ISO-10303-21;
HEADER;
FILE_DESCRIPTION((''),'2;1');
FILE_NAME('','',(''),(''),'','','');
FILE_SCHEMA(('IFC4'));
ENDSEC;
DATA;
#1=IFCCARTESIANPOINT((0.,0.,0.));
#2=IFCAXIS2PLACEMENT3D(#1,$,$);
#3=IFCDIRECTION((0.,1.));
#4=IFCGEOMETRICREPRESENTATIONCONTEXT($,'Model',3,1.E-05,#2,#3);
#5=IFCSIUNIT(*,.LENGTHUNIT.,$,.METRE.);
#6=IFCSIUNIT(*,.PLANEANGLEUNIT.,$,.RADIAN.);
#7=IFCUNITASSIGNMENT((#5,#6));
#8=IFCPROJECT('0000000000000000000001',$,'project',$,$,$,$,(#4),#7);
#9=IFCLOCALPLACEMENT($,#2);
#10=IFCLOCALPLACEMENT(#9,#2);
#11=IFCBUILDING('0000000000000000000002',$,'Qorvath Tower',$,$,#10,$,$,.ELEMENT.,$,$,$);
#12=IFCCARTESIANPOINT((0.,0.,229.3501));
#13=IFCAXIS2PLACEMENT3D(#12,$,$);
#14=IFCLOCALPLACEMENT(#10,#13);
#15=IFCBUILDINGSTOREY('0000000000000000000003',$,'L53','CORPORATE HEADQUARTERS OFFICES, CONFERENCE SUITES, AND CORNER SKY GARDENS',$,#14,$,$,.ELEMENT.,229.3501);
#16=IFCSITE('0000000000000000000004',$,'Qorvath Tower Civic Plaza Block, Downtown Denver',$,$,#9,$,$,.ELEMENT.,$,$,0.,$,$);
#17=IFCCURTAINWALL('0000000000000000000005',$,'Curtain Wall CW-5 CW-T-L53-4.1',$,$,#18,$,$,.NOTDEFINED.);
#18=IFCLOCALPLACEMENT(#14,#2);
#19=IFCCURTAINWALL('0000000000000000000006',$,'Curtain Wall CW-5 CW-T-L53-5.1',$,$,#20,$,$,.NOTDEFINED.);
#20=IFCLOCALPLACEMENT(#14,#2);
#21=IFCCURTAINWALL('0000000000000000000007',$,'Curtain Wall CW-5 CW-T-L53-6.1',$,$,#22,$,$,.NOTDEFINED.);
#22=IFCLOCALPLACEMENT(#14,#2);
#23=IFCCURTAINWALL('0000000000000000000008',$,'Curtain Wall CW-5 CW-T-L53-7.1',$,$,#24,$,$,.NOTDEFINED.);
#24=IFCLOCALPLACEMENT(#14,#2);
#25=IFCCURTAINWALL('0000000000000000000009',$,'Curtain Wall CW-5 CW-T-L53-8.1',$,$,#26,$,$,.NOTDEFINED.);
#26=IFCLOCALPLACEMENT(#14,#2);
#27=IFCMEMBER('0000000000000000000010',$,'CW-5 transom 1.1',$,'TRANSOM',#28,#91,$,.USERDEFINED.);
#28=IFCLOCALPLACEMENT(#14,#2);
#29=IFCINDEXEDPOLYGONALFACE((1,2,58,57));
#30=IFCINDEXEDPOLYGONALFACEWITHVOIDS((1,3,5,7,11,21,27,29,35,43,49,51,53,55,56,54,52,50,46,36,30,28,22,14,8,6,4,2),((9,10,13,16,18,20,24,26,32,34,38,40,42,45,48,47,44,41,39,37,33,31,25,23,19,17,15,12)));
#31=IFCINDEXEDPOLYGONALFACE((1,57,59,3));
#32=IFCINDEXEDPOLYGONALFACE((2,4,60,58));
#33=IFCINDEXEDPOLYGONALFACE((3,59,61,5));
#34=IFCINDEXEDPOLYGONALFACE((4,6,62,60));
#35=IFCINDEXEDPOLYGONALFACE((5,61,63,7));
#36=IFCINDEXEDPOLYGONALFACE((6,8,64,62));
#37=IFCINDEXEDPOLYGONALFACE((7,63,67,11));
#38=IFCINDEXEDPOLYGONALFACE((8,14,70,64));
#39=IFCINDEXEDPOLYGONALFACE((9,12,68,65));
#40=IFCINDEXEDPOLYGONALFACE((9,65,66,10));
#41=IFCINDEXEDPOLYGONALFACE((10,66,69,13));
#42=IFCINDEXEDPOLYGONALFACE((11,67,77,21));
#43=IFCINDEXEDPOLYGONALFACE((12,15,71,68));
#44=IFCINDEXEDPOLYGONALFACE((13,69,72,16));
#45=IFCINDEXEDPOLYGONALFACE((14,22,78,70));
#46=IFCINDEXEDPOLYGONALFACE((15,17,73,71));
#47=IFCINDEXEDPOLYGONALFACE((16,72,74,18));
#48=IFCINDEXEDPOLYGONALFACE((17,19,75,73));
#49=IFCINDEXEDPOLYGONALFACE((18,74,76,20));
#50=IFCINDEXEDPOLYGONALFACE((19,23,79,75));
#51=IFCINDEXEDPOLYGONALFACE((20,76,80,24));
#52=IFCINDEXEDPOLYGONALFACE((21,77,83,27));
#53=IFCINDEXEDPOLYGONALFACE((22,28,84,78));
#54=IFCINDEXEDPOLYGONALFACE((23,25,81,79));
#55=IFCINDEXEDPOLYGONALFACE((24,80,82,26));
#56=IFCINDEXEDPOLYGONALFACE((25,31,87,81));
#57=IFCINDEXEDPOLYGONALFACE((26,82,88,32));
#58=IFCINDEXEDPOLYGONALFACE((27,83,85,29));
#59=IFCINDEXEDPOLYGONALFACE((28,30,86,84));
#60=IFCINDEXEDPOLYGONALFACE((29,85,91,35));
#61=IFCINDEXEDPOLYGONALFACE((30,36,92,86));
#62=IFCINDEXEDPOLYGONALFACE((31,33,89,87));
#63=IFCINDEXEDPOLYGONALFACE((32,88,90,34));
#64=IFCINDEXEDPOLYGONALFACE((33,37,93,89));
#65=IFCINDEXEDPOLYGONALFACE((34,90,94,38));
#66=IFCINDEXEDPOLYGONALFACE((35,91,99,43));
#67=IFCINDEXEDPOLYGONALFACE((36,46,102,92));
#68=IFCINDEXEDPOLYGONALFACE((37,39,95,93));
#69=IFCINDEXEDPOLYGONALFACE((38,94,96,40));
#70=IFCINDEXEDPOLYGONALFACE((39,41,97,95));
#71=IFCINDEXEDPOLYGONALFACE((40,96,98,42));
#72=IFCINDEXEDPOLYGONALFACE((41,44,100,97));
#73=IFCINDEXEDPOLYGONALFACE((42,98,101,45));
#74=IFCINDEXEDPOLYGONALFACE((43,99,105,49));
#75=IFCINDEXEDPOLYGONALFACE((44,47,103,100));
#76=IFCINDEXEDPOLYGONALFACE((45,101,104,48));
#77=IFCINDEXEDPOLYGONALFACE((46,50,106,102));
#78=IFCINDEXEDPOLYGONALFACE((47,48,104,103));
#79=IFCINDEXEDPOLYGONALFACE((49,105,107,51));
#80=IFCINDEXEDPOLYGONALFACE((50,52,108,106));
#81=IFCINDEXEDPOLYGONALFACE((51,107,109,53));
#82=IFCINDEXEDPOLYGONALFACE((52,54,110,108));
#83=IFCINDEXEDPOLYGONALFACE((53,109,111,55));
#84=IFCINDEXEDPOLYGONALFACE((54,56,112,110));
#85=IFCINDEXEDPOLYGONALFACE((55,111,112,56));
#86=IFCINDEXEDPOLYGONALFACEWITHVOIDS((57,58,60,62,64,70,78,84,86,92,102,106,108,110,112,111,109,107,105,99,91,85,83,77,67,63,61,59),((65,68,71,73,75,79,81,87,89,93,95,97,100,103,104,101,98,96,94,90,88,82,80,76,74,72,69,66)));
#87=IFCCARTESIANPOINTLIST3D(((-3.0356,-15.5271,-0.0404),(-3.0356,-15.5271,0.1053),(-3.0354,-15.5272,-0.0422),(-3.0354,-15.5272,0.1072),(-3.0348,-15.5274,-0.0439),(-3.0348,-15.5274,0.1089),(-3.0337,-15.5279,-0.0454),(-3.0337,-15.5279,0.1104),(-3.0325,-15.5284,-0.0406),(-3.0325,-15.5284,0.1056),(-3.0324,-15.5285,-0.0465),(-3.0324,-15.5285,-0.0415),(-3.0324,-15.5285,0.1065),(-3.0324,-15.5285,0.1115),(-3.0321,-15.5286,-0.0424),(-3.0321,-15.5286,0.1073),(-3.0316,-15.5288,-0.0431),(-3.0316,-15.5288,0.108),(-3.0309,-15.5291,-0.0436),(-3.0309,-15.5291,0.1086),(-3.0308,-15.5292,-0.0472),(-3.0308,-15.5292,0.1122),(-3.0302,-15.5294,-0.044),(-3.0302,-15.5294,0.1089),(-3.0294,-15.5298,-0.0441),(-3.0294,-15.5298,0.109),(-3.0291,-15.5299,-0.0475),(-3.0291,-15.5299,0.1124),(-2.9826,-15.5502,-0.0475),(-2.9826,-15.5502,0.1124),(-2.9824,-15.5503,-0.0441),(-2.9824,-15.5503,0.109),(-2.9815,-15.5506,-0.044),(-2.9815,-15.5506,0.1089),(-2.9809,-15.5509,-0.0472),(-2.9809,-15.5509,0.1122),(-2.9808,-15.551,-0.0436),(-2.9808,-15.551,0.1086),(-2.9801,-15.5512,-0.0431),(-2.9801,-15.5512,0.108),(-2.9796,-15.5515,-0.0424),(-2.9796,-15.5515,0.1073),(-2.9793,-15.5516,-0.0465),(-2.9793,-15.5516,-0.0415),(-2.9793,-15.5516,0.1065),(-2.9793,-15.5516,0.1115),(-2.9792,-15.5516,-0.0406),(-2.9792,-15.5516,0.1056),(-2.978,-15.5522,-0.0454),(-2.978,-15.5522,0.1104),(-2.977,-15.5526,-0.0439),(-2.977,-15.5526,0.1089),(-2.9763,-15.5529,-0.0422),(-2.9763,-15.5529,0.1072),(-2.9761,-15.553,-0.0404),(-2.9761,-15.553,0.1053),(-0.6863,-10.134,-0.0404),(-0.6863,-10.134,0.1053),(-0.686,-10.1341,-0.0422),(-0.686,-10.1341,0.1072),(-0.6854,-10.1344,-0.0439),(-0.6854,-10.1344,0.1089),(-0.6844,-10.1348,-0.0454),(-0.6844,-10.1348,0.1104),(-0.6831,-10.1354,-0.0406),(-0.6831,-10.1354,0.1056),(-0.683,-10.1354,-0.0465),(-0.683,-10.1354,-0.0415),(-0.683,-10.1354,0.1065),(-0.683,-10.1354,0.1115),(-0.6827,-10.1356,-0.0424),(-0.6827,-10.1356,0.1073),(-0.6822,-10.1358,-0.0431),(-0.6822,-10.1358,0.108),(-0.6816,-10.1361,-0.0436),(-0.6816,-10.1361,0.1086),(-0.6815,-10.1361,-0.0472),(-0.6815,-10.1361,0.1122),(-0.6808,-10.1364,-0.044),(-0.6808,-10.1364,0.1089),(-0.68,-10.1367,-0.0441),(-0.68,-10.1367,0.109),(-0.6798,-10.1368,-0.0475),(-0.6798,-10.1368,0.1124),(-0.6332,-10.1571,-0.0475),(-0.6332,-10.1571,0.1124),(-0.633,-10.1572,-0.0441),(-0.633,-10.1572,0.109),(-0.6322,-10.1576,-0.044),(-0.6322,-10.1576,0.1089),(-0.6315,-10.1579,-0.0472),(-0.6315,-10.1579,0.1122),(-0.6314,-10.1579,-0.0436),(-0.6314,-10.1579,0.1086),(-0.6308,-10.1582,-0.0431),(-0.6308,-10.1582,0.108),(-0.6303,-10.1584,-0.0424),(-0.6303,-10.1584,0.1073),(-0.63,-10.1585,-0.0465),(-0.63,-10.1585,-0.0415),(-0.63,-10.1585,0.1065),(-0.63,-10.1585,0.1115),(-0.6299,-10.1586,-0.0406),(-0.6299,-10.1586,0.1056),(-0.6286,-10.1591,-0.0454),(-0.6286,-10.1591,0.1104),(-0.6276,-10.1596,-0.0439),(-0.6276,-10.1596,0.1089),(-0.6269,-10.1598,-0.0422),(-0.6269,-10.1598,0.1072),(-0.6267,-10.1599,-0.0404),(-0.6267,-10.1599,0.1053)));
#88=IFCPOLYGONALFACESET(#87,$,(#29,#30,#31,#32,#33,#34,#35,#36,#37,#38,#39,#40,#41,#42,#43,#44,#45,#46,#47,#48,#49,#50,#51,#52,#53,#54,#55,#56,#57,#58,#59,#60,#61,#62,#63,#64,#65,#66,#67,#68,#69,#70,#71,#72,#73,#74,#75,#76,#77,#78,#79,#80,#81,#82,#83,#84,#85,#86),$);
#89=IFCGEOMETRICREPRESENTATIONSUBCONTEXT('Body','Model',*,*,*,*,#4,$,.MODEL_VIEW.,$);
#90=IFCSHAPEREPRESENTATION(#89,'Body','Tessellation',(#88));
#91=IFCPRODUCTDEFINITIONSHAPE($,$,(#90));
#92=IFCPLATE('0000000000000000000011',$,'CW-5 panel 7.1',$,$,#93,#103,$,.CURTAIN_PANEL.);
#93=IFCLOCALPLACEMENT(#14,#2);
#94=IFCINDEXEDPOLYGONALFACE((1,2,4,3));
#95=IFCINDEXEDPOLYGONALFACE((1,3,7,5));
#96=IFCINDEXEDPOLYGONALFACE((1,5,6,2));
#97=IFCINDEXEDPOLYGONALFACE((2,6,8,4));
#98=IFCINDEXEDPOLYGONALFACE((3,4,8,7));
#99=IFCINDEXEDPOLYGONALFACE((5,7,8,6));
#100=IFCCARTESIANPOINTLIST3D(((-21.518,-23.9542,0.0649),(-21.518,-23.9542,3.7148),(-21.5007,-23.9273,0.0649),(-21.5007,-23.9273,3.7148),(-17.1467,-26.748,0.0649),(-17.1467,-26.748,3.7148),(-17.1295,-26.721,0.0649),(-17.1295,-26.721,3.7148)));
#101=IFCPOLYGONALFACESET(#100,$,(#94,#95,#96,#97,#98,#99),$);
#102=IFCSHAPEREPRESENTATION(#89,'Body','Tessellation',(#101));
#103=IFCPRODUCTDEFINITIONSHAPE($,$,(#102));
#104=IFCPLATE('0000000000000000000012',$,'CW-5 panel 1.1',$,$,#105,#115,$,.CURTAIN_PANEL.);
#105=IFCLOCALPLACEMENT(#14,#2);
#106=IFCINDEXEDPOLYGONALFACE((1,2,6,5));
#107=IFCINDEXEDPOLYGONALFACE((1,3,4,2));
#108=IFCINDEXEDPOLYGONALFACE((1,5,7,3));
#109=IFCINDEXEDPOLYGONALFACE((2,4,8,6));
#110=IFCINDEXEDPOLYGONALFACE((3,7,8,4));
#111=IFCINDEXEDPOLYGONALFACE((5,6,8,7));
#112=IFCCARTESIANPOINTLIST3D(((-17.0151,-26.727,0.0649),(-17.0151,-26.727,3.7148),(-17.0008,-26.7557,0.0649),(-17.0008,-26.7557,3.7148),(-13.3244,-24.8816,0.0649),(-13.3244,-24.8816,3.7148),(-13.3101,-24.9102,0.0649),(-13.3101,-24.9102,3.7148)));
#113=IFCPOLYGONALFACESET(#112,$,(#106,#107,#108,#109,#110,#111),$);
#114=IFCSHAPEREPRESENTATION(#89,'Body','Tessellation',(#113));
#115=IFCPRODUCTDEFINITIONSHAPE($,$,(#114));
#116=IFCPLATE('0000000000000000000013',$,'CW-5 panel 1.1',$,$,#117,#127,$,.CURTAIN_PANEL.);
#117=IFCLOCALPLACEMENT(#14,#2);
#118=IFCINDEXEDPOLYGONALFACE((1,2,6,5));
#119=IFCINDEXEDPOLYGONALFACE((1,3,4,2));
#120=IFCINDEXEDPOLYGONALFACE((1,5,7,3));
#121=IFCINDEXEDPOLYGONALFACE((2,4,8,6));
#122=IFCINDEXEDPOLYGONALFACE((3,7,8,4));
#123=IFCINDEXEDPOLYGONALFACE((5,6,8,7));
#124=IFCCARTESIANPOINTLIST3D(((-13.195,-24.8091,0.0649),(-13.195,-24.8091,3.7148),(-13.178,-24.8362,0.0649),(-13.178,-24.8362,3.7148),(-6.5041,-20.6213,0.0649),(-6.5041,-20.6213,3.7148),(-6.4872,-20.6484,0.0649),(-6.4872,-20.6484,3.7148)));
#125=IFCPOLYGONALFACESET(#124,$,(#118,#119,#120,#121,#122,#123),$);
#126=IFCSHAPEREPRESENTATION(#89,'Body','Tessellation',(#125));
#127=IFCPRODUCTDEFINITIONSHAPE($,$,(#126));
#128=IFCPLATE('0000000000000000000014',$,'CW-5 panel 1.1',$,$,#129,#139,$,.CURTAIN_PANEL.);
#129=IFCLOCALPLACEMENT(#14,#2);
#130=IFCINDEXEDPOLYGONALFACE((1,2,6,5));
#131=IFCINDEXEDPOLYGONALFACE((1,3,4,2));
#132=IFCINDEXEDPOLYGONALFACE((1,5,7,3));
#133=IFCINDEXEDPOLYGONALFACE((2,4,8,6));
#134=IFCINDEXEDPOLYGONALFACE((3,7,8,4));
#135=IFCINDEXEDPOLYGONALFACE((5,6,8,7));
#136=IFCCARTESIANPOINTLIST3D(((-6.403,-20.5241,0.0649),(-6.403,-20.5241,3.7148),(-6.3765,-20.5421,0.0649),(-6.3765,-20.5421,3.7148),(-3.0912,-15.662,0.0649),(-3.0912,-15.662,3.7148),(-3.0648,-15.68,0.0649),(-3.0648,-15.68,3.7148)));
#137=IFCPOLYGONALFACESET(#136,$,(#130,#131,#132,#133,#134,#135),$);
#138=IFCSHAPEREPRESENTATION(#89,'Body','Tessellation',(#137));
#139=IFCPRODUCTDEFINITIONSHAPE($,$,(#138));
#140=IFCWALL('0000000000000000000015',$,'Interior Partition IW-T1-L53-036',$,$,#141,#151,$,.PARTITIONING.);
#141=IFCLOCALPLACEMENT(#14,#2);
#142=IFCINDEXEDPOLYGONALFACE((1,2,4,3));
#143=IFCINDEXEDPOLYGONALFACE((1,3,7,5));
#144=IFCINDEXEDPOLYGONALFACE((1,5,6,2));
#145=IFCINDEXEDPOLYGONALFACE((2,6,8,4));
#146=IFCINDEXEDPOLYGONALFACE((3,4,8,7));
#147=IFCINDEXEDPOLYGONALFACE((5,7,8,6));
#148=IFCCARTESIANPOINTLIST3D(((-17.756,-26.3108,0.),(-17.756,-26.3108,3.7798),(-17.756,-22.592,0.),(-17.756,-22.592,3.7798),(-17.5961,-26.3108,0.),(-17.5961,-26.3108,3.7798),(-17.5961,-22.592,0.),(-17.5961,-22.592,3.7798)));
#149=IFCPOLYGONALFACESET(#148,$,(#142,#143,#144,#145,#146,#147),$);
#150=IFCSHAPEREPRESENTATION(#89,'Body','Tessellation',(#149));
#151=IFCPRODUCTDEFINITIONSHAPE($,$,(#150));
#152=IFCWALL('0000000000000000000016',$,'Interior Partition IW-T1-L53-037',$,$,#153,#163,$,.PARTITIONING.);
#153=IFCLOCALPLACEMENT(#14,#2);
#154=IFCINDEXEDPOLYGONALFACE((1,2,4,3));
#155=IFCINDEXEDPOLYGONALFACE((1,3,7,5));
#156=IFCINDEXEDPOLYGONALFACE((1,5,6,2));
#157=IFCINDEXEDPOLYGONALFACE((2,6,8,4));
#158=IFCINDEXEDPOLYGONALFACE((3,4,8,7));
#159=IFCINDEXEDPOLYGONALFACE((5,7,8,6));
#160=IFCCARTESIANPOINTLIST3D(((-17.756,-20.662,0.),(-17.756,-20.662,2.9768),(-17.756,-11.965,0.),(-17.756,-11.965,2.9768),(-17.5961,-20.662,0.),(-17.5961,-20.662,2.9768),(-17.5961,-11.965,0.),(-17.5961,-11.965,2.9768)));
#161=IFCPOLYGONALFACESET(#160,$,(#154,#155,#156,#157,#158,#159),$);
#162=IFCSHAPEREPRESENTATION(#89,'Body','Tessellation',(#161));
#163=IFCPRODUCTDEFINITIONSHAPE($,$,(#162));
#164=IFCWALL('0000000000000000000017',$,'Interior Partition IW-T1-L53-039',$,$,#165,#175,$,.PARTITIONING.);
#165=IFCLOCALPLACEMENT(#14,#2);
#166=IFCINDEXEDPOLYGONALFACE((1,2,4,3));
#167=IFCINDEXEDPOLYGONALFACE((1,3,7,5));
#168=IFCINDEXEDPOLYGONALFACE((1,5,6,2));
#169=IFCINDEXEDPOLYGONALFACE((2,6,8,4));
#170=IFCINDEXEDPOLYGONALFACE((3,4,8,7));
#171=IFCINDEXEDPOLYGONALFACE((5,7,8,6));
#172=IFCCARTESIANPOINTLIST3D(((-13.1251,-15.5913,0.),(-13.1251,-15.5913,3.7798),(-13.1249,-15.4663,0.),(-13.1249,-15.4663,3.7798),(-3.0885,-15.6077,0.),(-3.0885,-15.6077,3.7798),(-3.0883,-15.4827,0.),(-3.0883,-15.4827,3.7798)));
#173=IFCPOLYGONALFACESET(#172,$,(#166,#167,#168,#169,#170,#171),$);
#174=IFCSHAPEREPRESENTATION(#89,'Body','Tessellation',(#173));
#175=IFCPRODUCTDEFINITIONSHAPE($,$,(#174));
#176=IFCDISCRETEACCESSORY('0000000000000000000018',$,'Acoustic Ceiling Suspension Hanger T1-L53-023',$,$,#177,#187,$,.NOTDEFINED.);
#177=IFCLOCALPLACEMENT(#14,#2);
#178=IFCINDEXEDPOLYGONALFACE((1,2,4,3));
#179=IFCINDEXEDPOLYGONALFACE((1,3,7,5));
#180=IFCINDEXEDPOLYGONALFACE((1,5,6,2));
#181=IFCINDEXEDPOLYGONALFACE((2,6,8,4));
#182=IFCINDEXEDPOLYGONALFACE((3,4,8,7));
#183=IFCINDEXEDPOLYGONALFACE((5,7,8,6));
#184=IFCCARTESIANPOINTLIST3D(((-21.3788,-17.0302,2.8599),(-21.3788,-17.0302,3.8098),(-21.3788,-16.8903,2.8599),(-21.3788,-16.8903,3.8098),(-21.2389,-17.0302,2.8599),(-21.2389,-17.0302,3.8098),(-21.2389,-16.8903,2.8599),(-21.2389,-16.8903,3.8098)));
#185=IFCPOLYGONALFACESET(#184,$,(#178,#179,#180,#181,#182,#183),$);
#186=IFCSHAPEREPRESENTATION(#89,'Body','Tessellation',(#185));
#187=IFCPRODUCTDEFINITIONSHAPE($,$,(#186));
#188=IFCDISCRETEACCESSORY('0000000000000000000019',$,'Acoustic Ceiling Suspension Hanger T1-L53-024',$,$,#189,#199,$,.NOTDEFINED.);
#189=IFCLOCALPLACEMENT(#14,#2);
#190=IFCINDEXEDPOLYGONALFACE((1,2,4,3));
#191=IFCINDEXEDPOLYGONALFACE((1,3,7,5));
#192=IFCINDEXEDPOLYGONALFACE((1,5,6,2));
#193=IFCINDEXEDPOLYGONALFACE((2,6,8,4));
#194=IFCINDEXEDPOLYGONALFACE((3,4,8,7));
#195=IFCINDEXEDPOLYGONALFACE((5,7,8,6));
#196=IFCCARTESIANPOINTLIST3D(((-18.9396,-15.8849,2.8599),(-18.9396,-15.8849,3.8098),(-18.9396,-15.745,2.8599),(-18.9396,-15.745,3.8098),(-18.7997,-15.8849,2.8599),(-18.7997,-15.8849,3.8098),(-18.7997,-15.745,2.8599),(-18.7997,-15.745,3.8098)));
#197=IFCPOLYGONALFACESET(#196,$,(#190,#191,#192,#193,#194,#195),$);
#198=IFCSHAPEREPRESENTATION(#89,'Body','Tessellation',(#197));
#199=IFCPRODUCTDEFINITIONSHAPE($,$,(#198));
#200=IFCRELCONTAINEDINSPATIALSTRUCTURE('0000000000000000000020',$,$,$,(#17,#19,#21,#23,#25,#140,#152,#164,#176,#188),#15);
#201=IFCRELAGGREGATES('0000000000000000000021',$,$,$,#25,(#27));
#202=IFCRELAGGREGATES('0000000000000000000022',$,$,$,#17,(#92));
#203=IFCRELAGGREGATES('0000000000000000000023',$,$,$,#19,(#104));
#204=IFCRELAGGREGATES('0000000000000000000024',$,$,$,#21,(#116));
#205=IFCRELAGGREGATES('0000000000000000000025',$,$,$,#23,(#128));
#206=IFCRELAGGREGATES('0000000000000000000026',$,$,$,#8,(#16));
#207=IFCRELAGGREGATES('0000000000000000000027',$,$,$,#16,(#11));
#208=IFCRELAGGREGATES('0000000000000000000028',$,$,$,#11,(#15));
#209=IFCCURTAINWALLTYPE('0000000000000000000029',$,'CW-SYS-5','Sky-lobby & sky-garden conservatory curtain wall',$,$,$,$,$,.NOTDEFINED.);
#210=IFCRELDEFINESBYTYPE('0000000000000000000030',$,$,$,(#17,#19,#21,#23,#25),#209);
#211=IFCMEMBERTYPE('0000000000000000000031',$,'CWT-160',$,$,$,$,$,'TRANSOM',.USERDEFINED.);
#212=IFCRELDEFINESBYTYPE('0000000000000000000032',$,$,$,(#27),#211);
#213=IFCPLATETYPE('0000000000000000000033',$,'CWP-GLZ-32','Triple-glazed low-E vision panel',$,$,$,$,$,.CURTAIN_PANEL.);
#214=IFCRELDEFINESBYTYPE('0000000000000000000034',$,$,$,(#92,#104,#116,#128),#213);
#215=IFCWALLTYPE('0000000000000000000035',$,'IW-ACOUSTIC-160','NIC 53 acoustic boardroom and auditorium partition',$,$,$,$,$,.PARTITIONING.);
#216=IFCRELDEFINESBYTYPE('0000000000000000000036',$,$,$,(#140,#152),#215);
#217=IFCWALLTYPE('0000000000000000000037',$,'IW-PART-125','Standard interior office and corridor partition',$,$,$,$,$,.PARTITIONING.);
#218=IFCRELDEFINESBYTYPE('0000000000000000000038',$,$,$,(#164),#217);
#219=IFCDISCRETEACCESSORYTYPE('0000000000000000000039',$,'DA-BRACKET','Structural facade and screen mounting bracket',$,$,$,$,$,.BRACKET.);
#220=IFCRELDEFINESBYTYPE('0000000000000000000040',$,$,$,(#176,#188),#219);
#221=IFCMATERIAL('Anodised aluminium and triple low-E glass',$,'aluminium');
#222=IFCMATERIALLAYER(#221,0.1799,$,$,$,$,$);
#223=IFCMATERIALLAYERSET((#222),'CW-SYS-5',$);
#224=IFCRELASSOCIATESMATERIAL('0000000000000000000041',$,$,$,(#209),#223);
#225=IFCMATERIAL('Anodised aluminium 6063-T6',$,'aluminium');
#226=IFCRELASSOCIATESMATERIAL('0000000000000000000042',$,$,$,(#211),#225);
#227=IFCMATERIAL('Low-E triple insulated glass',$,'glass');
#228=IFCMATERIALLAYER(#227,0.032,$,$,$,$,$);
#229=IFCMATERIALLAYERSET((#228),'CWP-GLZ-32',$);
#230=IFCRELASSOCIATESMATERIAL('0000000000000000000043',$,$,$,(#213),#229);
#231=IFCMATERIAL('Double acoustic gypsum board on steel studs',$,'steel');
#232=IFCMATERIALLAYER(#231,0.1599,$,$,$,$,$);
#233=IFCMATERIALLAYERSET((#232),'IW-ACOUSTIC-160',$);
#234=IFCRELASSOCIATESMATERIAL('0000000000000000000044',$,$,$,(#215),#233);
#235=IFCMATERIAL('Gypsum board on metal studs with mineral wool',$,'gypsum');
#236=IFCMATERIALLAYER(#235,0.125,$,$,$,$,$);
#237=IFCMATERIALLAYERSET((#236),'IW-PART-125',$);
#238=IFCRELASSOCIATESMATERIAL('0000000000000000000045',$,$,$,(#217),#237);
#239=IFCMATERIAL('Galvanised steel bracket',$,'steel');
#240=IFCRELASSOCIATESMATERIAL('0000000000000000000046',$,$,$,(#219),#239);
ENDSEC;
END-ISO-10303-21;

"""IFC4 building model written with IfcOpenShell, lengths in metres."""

from ifc_helpers import new_model, si_unit, direction, frame, frame_2d, origin, origin_2d, place, context, subcontext, project, spatial, rectangle, hollow_rectangle, extrude, material, layer, layer_set, material_profile, profile_set, type_object, element, aggregate, save


model = new_model("IFC4")

# Units and contexts
model_context = context("Model", 3, precision=1e-05, world=origin(), true_north=direction((0.0, 1.0)))
body_context = subcontext(model_context, "Body", "Model", "MODEL_VIEW")
ifc_project = project(units=[si_unit("LENGTHUNIT", "METRE"), si_unit("PLANEANGLEUNIT", "RADIAN")], contexts=[model_context])

# Site, building, storey
site_placement = place(None, origin())
site = spatial("IfcSite", under=ifc_project, at=site_placement, Name="Qorvath Tower Civic Plaza Block, Downtown Denver", CompositionType="ELEMENT", RefElevation=0.0)
building_placement = place(site_placement, origin())
building = spatial("IfcBuilding", under=site, at=building_placement, Name="Qorvath Tower", CompositionType="ELEMENT")
storey_placement = place(building_placement, frame((0.0, 0.0, 229.3501)))
storey = spatial("IfcBuildingStorey", under=building, at=storey_placement, Name="L53", Description="CORPORATE HEADQUARTERS OFFICES, CONFERENCE SUITES, AND CORNER SKY GARDENS", CompositionType="ELEMENT", Elevation=229.3501)

# Curtain wall
ifc_material_1 = material(Name="Anodised aluminium and triple low-E glass", Category="aluminium")
ifc_layer_1 = layer(ifc_material_1, 0.1799)
ifc_layer_set_1 = layer_set([ifc_layer_1], Name="CW-SYS-5")
curtain_wall_type = type_object("IfcCurtainWallType", Name="CW-SYS-5", Description="Sky-lobby & sky-garden conservatory curtain wall", PredefinedType="NOTDEFINED", material=ifc_layer_set_1)
curtain_wall_1_placement = place(storey_placement, origin())
curtain_wall_1 = element("IfcCurtainWall", 1, at=curtain_wall_1_placement, inside=storey, type_object=curtain_wall_type, Name="Curtain Wall CW-5 CW-T-L53-4.1", PredefinedType="NOTDEFINED")

# Curtain walls
curtain_wall_2_placement = place(storey_placement, origin())
curtain_wall_2 = element("IfcCurtainWall", 2, at=curtain_wall_2_placement, inside=storey, type_object=curtain_wall_type, Name="Curtain Wall CW-5 CW-T-L53-5.1", PredefinedType="NOTDEFINED")
curtain_wall_3_placement = place(storey_placement, origin())
curtain_wall_3 = element("IfcCurtainWall", 3, at=curtain_wall_3_placement, inside=storey, type_object=curtain_wall_type, Name="Curtain Wall CW-5 CW-T-L53-6.1", PredefinedType="NOTDEFINED")
curtain_wall_4_placement = place(storey_placement, origin())
curtain_wall_4 = element("IfcCurtainWall", 4, at=curtain_wall_4_placement, inside=storey, type_object=curtain_wall_type, Name="Curtain Wall CW-5 CW-T-L53-7.1", PredefinedType="NOTDEFINED")

# Curtain wall
curtain_wall_5_placement = place(storey_placement, origin())
curtain_wall_5 = element("IfcCurtainWall", 5, at=curtain_wall_5_placement, inside=storey, type_object=curtain_wall_type, Name="Curtain Wall CW-5 CW-T-L53-8.1", PredefinedType="NOTDEFINED")

# Member
ifc_material_2 = material(Name="Anodised aluminium 6063-T6", Category="aluminium")
ifc_material_profile_1 = material_profile(ifc_material_2, hollow_rectangle(XDim=0.0649, YDim=0.1599, WallThickness=0.0034, InnerFilletRadius=0.0034, OuterFilletRadius=0.0071, at=origin_2d()), Name="CWT 160x65")
ifc_profile_set_1 = profile_set([ifc_material_profile_1], Name="Anodised aluminium 6063-T6")
member_type_1 = type_object("IfcMemberType", Name="CWT-160", ElementType="TRANSOM", PredefinedType="USERDEFINED", material=ifc_profile_set_1)
member_1_placement = place(storey_placement, frame((-3.0059, -15.54, 0.0325), z_axis=(0.399377, 0.916787, 0.0), x_axis=(-0.916787, 0.399377, 0.0)))
member_1 = element("IfcMember", 6, at=member_1_placement, type_object=member_type_1, Name="CW-5 transom 1.1", ObjectType="TRANSOM", PredefinedType="USERDEFINED", context=body_context, shape_type="SweptSolid", body=[
    extrude(hollow_rectangle(XDim=0.0649, YDim=0.1599, WallThickness=0.0034, InnerFilletRadius=0.0034, OuterFilletRadius=0.0071, at=origin_2d()), origin(), (0.0, 0.0, 1.0), 5.8826),
])
aggregate(curtain_wall_5, [member_1])

# Plates
ifc_material_3 = material(Name="Low-E triple insulated glass", Category="glass")
ifc_layer_2 = layer(ifc_material_3, 0.032)
ifc_layer_set_2 = layer_set([ifc_layer_2], Name="CWP-GLZ-32")
plate_type = type_object("IfcPlateType", Name="CWP-GLZ-32", Description="Triple-glazed low-E vision panel", PredefinedType="CURTAIN_PANEL", material=ifc_layer_set_2)
plate_1_placement = place(storey_placement, frame((-19.3237, -25.3376, 0.0649), z_axis=(0.0, 0.0, 1.0), x_axis=(0.842607, -0.538529, 0.0)))
plate_1 = element("IfcPlate", 7, at=plate_1_placement, type_object=plate_type, Name="CW-5 panel 7.1", PredefinedType="CURTAIN_PANEL", context=body_context, shape_type="SweptSolid", body=[
    extrude(rectangle(XDim=5.1877, YDim=0.032, at=origin_2d()), origin(), (0.0, 0.0, 1.0), 3.6499),
])
aggregate(curtain_wall_1, [plate_1])
plate_2_placement = place(storey_placement, frame((-15.1626, -25.8186, 0.0649), z_axis=(0.0, 0.0, 1.0), x_axis=(0.894418, 0.447232, 0.0)))
plate_2 = element("IfcPlate", 8, at=plate_2_placement, type_object=plate_type, Name="CW-5 panel 1.1", PredefinedType="CURTAIN_PANEL", context=body_context, shape_type="SweptSolid", body=[
    extrude(rectangle(XDim=4.1265, YDim=0.032, at=origin_2d()), origin(), (0.0, 0.0, 1.0), 3.6499),
])
aggregate(curtain_wall_2, [plate_2])
plate_3_placement = place(storey_placement, frame((-9.8411, -22.7288, 0.0649), z_axis=(0.0, 0.0, 1.0), x_axis=(0.847657, 0.530545, 0.0)))
plate_3 = element("IfcPlate", 9, at=plate_3_placement, type_object=plate_type, Name="CW-5 panel 1.1", PredefinedType="CURTAIN_PANEL", context=body_context, shape_type="SweptSolid", body=[
    extrude(rectangle(XDim=7.8933, YDim=0.032, at=origin_2d()), origin(), (0.0, 0.0, 1.0), 3.6499),
])
aggregate(curtain_wall_3, [plate_3])
plate_4_placement = place(storey_placement, frame((-4.7339, -18.1021, 0.0649), z_axis=(0.0, 0.0, 1.0), x_axis=(0.56295, 0.826491, 0.0)))
plate_4 = element("IfcPlate", 10, at=plate_4_placement, type_object=plate_type, Name="CW-5 panel 1.1", PredefinedType="CURTAIN_PANEL", context=body_context, shape_type="SweptSolid", body=[
    extrude(rectangle(XDim=5.8828, YDim=0.032, at=origin_2d()), origin(), (0.0, 0.0, 1.0), 3.6499),
])
aggregate(curtain_wall_4, [plate_4])

# Walls
ifc_material_4 = material(Name="Double acoustic gypsum board on steel studs", Category="steel")
ifc_layer_3 = layer(ifc_material_4, 0.1599)
ifc_layer_set_3 = layer_set([ifc_layer_3], Name="IW-ACOUSTIC-160")
wall_type_1 = type_object("IfcWallType", Name="IW-ACOUSTIC-160", Description="NIC 53 acoustic boardroom and auditorium partition", PredefinedType="PARTITIONING", material=ifc_layer_set_3)
wall_1_placement = place(storey_placement, frame((-17.676, -26.3108, 0.0), z_axis=(0.0, 0.0, 1.0), x_axis=(0.0, 1.0, 0.0)))
element("IfcWall", 11, at=wall_1_placement, inside=storey, type_object=wall_type_1, Name="Interior Partition IW-T1-L53-036", PredefinedType="PARTITIONING", context=body_context, shape_type="SweptSolid", body=[
    extrude(rectangle(XDim=3.7188, YDim=0.1599, at=frame_2d((1.8594, 0.0))), origin(), (0.0, 0.0, 1.0), 3.7798),
])
wall_2_placement = place(storey_placement, frame((-17.676, -20.6621, 0.0), z_axis=(0.0, 0.0, 1.0), x_axis=(0.0, 1.0, 0.0)))
element("IfcWall", 12, at=wall_2_placement, inside=storey, type_object=wall_type_1, Name="Interior Partition IW-T1-L53-037", PredefinedType="PARTITIONING", context=body_context, shape_type="SweptSolid", body=[
    extrude(rectangle(XDim=8.697, YDim=0.1599, at=frame_2d((4.3486, 0.0))), origin(), (0.0, 0.0, 1.0), 2.9768),
])
ifc_material_5 = material(Name="Gypsum board on metal studs with mineral wool", Category="gypsum")
ifc_layer_4 = layer(ifc_material_5, 0.125)
ifc_layer_set_4 = layer_set([ifc_layer_4], Name="IW-PART-125")
wall_type_2 = type_object("IfcWallType", Name="IW-PART-125", Description="Standard interior office and corridor partition", PredefinedType="PARTITIONING", material=ifc_layer_set_4)
wall_3_placement = place(storey_placement, frame((-3.0884, -15.5452, 0.0), z_axis=(0.0, 0.0, 1.0), x_axis=(-0.999999, 0.00163, 0.0)))
element("IfcWall", 13, at=wall_3_placement, inside=storey, type_object=wall_type_2, Name="Interior Partition IW-T1-L53-039", PredefinedType="PARTITIONING", context=body_context, shape_type="SweptSolid", body=[
    extrude(rectangle(XDim=10.0366, YDim=0.125, at=frame_2d((5.0183, 0.0))), origin(), (0.0, 0.0, 1.0), 3.7798),
])

# Discrete accessories
ifc_material_6 = material(Name="Galvanised steel bracket", Category="steel")
discrete_accessory_type = type_object("IfcDiscreteAccessoryType", Name="DA-BRACKET", Description="Structural facade and screen mounting bracket", PredefinedType="BRACKET", material=ifc_material_6)
for number, where, z_axis, x_axis, name in (
    (14, (-21.3088, -16.9602, 2.8599), (0.0, 0.0, 1.0), (1.0, 0.0, 0.0), "Acoustic Ceiling Suspension Hanger T1-L53-023"),
    (15, (-18.8696, -15.8149, 2.8599), (0.0, 0.0, 1.0), (1.0, 0.0, 0.0), "Acoustic Ceiling Suspension Hanger T1-L53-024"),
):
    element("IfcDiscreteAccessory", number, at=place(storey_placement, frame(where, z_axis=z_axis, x_axis=x_axis)), inside=storey, type_object=discrete_accessory_type, Name=name, PredefinedType="NOTDEFINED", context=body_context, shape_type="SweptSolid", body=[
        extrude(rectangle(XDim=0.1399, YDim=0.1399, at=origin_2d()), origin(), (0.0, 0.0, 1.0), 0.95),
    ])

save(model, "model.ifc")
